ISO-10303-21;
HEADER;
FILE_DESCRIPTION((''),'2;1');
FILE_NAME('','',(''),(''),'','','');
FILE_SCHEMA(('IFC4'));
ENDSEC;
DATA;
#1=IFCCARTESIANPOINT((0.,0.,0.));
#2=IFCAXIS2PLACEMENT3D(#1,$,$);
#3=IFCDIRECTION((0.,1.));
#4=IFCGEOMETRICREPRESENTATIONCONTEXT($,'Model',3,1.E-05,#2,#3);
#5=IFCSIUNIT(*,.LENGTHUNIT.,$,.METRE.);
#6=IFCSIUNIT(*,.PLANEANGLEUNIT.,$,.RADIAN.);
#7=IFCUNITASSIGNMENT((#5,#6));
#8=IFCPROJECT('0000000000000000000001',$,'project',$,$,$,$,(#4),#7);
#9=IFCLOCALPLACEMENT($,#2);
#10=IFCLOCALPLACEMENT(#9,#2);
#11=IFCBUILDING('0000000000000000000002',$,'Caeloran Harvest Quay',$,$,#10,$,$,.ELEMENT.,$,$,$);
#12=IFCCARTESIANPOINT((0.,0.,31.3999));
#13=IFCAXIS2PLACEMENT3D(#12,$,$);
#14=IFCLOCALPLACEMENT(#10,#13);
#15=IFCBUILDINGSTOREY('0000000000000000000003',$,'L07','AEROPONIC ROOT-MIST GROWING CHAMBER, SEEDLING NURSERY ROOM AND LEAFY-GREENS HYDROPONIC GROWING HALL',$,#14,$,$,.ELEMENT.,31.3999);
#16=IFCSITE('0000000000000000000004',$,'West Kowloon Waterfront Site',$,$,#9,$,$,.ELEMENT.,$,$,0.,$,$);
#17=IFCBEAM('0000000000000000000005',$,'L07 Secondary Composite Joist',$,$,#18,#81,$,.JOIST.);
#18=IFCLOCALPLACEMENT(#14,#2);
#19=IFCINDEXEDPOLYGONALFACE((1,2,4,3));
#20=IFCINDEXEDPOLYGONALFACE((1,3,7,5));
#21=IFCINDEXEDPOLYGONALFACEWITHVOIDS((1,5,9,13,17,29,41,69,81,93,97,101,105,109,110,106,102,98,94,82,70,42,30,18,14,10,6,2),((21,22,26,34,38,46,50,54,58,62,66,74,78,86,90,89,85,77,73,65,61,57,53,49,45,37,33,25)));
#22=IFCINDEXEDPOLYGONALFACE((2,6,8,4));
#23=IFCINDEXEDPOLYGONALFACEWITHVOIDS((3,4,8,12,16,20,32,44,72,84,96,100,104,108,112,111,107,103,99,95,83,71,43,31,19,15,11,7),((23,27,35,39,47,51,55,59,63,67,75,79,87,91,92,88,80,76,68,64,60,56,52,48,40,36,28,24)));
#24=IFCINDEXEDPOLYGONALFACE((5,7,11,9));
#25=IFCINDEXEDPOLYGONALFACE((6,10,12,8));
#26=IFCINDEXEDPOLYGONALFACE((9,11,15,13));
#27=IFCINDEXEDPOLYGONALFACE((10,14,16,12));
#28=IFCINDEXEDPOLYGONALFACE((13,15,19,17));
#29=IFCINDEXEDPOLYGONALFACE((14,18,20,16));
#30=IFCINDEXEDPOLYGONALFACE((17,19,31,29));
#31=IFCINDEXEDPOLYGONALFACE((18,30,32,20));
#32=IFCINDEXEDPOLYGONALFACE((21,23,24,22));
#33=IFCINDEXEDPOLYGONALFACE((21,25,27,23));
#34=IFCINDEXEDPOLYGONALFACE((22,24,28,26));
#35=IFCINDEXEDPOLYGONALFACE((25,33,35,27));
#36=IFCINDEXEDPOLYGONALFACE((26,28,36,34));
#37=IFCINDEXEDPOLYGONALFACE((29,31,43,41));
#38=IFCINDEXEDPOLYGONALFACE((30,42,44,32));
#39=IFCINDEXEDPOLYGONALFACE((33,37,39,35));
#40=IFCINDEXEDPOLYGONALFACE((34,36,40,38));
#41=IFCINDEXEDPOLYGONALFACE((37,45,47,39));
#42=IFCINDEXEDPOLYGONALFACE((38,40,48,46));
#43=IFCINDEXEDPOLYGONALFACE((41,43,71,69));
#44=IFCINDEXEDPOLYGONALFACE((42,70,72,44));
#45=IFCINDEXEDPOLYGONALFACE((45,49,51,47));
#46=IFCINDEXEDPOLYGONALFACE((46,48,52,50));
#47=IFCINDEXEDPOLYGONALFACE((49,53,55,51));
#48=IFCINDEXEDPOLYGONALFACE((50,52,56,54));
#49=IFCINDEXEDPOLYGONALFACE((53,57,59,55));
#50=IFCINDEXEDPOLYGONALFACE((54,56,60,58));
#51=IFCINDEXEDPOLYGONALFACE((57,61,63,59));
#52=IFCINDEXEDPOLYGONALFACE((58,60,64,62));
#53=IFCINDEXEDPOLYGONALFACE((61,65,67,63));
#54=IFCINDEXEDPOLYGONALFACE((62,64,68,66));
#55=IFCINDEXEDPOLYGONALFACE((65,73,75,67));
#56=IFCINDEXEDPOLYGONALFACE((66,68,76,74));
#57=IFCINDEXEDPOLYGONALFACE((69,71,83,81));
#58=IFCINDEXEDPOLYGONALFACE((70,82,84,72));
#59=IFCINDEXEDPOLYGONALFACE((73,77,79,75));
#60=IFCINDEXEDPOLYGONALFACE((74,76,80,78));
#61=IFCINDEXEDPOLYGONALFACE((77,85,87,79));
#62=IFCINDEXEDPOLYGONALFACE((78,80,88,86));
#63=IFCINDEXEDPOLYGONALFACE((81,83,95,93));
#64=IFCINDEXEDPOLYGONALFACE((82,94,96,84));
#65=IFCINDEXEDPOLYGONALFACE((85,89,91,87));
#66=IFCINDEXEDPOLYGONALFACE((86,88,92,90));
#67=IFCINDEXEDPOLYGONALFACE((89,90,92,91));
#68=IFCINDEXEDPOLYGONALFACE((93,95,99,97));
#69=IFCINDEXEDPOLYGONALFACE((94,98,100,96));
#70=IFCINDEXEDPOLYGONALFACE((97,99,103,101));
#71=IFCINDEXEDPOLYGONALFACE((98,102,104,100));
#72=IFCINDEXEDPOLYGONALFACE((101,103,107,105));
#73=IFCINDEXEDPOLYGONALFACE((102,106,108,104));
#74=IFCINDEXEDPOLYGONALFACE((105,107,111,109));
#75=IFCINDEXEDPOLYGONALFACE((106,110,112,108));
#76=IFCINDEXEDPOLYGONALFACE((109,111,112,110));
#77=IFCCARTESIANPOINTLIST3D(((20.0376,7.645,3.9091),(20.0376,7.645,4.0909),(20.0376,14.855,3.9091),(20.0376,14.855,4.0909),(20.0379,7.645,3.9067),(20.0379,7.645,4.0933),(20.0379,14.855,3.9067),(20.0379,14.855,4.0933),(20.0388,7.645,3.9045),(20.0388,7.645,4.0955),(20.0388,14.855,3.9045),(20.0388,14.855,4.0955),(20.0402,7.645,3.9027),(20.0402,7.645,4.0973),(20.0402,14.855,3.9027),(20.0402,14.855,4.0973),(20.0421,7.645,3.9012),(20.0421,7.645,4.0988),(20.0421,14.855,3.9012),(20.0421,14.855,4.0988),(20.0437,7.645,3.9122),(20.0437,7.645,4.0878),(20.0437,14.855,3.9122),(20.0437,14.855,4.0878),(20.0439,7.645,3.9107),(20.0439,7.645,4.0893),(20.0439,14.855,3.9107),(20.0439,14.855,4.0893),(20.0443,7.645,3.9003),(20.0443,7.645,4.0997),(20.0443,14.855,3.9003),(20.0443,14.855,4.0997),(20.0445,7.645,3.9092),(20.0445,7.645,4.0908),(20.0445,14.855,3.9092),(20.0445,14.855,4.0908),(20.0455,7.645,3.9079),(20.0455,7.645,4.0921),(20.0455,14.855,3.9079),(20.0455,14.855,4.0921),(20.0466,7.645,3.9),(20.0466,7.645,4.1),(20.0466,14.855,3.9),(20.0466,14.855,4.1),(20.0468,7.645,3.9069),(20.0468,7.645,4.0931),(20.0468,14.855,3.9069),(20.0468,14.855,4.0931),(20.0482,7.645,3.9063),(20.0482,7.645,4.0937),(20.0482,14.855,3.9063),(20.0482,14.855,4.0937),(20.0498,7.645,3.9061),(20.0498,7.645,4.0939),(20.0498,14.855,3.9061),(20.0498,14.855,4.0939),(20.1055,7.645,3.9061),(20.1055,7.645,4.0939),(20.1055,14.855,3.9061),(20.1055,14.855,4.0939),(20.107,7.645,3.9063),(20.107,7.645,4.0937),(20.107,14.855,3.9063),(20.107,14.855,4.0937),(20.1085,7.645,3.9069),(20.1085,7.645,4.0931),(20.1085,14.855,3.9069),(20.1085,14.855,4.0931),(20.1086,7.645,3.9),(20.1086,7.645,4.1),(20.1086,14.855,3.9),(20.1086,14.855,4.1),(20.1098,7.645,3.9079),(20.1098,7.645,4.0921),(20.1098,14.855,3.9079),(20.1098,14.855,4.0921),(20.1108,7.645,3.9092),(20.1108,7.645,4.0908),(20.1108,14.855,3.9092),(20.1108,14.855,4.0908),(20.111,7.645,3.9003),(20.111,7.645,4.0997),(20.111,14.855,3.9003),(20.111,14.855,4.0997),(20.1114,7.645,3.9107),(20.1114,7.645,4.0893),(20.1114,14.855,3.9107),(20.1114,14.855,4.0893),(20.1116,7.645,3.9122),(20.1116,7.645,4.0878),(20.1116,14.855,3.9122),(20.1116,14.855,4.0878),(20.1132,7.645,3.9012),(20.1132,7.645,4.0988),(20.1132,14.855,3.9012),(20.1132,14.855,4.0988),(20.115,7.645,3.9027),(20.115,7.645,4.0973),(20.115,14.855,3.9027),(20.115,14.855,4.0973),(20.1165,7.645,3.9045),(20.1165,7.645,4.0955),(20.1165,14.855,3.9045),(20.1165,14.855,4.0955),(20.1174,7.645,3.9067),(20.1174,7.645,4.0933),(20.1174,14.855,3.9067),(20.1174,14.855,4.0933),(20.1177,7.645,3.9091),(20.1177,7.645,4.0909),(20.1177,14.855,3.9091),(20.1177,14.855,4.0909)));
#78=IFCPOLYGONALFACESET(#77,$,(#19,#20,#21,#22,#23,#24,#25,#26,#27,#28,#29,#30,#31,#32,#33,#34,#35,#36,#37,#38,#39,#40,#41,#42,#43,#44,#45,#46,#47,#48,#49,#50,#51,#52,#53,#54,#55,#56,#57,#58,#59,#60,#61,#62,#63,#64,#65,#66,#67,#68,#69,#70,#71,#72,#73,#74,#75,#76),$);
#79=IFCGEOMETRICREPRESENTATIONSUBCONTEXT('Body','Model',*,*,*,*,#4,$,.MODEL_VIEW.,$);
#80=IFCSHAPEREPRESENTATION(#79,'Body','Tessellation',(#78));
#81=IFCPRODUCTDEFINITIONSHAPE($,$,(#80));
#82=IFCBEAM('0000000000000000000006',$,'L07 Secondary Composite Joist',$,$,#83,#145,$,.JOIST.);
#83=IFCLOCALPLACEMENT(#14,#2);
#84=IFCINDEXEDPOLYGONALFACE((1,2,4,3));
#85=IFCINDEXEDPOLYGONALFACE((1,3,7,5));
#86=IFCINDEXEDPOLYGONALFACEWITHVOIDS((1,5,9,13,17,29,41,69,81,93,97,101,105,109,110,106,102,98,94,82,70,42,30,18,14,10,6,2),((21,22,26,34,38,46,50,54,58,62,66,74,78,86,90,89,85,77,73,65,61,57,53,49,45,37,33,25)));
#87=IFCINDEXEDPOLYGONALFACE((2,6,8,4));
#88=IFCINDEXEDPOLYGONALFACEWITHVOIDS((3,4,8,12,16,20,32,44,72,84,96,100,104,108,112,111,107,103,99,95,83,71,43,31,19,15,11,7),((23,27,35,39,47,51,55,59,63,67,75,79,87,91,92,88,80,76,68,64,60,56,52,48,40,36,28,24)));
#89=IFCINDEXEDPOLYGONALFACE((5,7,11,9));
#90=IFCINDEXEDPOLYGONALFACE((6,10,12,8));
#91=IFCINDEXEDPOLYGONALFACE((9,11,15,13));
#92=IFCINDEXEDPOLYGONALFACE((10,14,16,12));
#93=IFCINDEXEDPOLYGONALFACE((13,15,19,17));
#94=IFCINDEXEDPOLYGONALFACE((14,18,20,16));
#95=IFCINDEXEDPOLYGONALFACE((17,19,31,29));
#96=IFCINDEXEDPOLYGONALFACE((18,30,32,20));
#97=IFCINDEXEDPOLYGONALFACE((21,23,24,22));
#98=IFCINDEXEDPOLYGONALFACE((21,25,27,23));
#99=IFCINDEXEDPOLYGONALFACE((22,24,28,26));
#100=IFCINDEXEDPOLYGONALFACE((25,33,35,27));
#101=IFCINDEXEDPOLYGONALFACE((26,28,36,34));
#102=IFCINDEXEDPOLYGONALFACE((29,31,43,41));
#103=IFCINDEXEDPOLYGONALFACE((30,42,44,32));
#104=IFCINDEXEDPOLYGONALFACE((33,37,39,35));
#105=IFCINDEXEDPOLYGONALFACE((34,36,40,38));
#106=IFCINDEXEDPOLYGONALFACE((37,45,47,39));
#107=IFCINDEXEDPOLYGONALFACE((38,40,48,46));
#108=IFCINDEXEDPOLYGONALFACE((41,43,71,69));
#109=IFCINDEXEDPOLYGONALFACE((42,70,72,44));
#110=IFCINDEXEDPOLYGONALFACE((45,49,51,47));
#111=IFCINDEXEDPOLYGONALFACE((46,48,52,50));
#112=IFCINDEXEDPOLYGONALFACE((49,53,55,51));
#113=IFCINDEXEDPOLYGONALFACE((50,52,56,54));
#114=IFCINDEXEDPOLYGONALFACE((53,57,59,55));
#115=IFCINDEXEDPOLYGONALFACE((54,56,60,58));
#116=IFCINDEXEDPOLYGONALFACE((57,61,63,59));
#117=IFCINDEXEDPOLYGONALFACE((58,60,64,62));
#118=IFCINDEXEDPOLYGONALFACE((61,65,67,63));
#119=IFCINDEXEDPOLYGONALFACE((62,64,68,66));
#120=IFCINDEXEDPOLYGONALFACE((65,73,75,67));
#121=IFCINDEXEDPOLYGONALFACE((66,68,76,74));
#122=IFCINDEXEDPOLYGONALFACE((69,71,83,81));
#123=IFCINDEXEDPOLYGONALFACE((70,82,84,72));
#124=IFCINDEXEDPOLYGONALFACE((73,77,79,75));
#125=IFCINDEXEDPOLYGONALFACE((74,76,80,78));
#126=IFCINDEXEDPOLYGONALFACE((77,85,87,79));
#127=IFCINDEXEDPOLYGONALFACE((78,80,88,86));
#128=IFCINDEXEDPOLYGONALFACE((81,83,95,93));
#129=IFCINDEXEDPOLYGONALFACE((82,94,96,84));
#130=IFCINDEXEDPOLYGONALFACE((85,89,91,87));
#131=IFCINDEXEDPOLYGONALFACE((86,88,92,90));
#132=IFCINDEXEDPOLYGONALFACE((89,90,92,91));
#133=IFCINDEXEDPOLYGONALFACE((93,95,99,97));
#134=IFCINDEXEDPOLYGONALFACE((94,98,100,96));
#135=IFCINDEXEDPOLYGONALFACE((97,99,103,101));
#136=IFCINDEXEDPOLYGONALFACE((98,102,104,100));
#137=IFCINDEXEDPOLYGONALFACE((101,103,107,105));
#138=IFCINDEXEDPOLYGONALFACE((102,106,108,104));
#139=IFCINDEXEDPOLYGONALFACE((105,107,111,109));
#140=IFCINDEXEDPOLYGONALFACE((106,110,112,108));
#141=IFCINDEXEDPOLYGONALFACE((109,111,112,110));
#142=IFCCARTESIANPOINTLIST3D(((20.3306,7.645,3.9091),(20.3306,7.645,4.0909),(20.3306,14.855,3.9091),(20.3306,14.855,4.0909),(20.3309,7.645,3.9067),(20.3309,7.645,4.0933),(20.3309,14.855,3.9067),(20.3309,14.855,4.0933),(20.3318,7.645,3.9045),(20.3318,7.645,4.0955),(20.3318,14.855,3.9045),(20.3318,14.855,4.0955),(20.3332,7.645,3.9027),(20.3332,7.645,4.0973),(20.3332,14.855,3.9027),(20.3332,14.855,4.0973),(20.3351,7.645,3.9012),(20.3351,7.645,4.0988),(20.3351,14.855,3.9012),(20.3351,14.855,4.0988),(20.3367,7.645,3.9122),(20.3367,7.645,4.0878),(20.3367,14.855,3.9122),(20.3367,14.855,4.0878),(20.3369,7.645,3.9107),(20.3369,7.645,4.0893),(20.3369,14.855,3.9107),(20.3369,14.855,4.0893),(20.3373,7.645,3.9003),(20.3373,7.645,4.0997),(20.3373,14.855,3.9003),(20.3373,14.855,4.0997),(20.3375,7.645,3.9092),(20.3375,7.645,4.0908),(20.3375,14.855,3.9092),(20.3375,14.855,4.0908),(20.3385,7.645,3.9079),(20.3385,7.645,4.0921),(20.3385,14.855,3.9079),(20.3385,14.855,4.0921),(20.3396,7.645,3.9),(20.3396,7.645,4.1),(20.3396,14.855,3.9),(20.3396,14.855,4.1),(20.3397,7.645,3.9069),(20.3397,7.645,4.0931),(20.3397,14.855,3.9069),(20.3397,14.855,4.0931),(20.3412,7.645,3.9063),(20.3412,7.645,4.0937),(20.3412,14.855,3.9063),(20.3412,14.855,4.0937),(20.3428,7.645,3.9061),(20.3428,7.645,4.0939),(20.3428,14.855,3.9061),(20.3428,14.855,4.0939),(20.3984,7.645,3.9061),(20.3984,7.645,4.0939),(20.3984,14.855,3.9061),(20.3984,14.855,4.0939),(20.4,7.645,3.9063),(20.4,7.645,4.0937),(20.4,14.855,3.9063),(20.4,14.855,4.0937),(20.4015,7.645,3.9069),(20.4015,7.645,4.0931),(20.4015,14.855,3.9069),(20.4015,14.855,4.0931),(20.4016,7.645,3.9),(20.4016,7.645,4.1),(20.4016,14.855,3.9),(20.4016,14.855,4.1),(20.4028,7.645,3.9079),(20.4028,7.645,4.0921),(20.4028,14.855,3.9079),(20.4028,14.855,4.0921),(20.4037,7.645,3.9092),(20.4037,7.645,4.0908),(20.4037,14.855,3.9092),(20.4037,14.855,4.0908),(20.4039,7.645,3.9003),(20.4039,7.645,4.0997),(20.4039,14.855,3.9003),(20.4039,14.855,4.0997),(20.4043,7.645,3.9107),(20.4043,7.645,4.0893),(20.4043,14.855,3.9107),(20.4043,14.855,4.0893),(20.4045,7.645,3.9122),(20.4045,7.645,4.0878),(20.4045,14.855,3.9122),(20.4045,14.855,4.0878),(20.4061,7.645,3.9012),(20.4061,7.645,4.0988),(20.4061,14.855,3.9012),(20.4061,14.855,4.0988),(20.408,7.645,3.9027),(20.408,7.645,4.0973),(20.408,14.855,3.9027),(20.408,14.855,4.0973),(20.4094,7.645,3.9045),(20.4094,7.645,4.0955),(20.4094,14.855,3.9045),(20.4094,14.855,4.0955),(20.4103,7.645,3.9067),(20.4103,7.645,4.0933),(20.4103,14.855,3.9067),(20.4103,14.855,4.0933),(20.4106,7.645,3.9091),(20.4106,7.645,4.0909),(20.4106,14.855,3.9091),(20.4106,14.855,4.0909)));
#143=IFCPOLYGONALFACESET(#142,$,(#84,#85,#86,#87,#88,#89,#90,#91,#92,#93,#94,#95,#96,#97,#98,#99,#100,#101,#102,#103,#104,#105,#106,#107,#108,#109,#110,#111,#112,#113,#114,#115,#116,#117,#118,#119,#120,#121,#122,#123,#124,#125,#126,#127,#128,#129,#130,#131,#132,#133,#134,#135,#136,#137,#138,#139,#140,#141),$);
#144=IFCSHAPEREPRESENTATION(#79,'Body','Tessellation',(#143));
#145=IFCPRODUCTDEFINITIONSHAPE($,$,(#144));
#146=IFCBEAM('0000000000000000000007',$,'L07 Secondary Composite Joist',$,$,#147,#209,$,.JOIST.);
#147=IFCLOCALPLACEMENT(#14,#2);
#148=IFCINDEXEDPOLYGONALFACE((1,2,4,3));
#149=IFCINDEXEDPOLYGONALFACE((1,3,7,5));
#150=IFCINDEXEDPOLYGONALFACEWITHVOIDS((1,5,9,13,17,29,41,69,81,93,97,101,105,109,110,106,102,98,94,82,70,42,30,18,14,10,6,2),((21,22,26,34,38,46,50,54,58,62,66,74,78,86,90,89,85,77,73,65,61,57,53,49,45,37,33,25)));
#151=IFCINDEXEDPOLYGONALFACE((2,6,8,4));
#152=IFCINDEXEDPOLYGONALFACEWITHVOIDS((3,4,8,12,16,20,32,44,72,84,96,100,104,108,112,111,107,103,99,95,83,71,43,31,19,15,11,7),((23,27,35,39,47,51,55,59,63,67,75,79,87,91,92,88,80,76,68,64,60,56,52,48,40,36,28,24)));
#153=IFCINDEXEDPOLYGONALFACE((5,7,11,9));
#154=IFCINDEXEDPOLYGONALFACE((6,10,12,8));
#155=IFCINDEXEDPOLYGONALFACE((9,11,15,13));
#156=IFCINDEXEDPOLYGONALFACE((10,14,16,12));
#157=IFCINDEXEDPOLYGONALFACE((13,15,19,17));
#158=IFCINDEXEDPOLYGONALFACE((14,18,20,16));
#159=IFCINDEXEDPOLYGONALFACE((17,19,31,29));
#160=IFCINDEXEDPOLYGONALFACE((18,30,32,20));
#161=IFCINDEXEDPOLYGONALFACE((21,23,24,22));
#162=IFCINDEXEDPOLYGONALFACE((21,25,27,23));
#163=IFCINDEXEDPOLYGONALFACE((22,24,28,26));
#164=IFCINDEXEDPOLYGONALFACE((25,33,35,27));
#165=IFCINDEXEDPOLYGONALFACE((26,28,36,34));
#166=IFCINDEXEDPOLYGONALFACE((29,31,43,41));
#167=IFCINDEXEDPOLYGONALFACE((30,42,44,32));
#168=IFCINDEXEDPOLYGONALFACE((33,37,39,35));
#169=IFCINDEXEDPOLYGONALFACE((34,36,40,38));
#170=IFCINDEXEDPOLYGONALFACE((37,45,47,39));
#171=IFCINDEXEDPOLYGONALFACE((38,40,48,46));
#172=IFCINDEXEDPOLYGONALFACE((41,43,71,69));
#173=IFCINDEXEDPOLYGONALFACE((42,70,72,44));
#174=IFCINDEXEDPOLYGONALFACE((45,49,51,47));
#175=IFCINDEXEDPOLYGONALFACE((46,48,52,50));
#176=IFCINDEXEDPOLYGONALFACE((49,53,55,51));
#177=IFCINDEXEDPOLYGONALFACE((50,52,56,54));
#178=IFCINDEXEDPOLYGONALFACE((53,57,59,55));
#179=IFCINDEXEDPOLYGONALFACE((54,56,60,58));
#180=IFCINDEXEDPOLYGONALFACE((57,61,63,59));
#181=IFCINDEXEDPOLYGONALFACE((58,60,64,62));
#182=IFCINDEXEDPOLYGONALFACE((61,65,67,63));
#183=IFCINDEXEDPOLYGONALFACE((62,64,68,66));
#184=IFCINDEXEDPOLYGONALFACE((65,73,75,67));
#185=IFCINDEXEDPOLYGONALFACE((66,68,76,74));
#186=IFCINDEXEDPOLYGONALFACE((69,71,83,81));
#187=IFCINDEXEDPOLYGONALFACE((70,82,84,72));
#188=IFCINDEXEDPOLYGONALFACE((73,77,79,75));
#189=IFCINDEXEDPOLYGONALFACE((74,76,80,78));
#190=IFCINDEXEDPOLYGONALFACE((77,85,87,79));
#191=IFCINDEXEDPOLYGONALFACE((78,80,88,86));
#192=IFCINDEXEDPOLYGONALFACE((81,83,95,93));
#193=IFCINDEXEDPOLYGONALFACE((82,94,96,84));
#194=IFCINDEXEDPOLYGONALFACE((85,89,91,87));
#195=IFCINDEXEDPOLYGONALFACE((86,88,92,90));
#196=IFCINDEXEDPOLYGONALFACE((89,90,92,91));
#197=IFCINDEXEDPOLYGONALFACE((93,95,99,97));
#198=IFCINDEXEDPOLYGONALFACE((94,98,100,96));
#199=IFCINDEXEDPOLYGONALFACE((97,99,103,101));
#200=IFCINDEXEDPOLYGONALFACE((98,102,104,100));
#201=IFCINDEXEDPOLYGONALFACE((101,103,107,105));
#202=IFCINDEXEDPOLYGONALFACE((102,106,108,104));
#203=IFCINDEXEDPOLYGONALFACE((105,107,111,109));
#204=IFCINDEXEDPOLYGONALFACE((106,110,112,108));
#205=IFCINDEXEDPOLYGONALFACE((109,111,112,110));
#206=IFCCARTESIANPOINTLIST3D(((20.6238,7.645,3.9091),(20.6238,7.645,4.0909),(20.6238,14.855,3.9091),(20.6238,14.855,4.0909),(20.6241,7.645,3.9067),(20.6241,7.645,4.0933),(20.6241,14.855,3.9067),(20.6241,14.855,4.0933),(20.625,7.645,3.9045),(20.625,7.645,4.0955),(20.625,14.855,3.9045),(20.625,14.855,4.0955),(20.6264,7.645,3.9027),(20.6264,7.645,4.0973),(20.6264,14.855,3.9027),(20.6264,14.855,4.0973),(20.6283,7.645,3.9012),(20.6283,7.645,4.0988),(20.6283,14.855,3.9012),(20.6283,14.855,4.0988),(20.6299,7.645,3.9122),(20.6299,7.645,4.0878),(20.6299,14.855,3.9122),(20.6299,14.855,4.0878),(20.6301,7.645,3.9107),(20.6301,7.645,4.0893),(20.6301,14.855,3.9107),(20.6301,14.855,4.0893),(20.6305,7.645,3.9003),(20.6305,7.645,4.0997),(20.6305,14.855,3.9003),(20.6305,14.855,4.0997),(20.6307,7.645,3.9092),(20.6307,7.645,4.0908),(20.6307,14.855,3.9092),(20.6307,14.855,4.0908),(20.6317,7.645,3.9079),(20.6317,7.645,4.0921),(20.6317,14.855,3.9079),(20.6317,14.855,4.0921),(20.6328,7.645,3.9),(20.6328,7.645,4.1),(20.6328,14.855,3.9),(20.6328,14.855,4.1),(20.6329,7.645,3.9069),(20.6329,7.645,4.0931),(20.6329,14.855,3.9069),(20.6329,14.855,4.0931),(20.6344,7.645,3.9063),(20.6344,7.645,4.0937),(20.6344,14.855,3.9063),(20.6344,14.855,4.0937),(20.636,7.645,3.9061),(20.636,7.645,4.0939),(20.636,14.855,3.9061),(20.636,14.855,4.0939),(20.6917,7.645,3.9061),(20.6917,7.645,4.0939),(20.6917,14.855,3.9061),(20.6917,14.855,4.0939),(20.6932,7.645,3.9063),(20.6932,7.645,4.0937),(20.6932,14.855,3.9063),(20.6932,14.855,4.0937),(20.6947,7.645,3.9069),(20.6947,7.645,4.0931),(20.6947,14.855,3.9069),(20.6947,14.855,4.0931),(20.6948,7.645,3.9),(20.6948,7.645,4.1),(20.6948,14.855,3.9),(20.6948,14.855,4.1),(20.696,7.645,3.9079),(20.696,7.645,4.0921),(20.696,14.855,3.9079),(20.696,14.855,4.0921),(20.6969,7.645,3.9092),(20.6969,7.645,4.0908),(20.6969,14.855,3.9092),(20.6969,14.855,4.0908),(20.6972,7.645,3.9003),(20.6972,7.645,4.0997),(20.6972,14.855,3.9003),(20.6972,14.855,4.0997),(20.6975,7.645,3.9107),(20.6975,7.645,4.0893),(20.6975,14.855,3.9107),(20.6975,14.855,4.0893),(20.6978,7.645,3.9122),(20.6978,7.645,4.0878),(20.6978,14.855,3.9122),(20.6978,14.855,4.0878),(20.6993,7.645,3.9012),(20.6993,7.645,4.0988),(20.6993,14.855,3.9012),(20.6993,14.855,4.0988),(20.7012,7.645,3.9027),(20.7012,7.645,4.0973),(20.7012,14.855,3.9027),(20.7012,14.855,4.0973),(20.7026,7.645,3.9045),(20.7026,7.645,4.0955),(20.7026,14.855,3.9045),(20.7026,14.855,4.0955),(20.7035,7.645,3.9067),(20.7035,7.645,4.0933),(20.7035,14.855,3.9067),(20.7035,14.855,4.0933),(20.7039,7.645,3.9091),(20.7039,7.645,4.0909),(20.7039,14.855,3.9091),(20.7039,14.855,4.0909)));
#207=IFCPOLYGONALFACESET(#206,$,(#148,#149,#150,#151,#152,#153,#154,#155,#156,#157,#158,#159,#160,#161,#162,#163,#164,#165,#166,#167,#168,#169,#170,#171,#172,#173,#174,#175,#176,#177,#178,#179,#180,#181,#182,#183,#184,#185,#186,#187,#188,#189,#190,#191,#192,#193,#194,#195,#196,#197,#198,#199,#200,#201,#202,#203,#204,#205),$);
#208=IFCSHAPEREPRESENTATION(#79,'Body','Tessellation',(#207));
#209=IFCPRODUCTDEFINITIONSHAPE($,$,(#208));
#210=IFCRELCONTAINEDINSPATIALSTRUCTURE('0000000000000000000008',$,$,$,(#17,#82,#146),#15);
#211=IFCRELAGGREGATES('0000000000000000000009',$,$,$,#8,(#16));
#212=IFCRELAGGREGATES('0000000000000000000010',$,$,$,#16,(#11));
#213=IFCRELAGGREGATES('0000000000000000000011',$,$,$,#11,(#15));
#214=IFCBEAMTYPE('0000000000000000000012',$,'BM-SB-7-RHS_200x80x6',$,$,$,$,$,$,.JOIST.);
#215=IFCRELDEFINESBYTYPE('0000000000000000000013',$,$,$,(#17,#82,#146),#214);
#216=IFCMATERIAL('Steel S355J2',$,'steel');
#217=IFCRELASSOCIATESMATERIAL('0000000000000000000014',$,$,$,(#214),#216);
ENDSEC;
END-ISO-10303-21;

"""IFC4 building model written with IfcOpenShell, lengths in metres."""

from ifc_helpers import new_model, si_unit, direction, frame, origin, origin_2d, place, context, subcontext, project, spatial, hollow_rectangle, extrude, material, material_profile, profile_set, type_object, element, save


model = new_model("IFC4")

# Units and contexts
model_context = context("Model", 3, precision=1e-05, world=origin(), true_north=direction((0.0, 1.0)))
body_context = subcontext(model_context, "Body", "Model", "MODEL_VIEW")
ifc_project = project(units=[si_unit("LENGTHUNIT", "METRE"), si_unit("PLANEANGLEUNIT", "RADIAN")], contexts=[model_context])

# Site, building, storey
site_placement = place(None, origin())
site = spatial("IfcSite", under=ifc_project, at=site_placement, Name="West Kowloon Waterfront Site", CompositionType="ELEMENT", RefElevation=0.0)
building_placement = place(site_placement, origin())
building = spatial("IfcBuilding", under=site, at=building_placement, Name="Caeloran Harvest Quay", CompositionType="ELEMENT")
storey_placement = place(building_placement, frame((0.0, 0.0, 31.3999)))
storey = spatial("IfcBuildingStorey", under=building, at=storey_placement, Name="L07", Description="AEROPONIC ROOT-MIST GROWING CHAMBER, SEEDLING NURSERY ROOM AND LEAFY-GREENS HYDROPONIC GROWING HALL", CompositionType="ELEMENT", Elevation=31.3999)

# Beams
ifc_material = material(Name="Steel S355J2", Category="steel")
ifc_material_profile_1 = material_profile(ifc_material, hollow_rectangle(XDim=0.0801, YDim=0.2, WallThickness=0.0061, InnerFilletRadius=0.0061, OuterFilletRadius=0.009, at=origin_2d()), Name="RHS 200x80x6")
ifc_profile_set_1 = profile_set([ifc_material_profile_1], Name="Steel S355J2")
beam_type_1 = type_object("IfcBeamType", Name="BM-SB-7-RHS_200x80x6", PredefinedType="JOIST", material=ifc_profile_set_1)
for number, where, z_axis, x_axis, name in (
    (1, (20.0776, 7.645, 4.0), (0.0, 1.0, 0.0), (-1.0, 0.0, 0.0), "L07 Secondary Composite Joist"),
    (2, (20.3706, 7.645, 4.0), (0.0, 1.0, 0.0), (-1.0, 0.0, 0.0), "L07 Secondary Composite Joist"),
    (3, (20.6638, 7.645, 4.0), (0.0, 1.0, 0.0), (-1.0, 0.0, 0.0), "L07 Secondary Composite Joist"),
):
    element("IfcBeam", number, at=place(storey_placement, frame(where, z_axis=z_axis, x_axis=x_axis)), inside=storey, type_object=beam_type_1, Name=name, PredefinedType="JOIST", context=body_context, shape_type="SweptSolid", body=[
        extrude(hollow_rectangle(XDim=0.0801, YDim=0.2, WallThickness=0.0061, InnerFilletRadius=0.0061, OuterFilletRadius=0.009, at=origin_2d()), origin(), (0.0, 0.0, 1.0), 7.21),
    ])

save(model, "model.ifc")
